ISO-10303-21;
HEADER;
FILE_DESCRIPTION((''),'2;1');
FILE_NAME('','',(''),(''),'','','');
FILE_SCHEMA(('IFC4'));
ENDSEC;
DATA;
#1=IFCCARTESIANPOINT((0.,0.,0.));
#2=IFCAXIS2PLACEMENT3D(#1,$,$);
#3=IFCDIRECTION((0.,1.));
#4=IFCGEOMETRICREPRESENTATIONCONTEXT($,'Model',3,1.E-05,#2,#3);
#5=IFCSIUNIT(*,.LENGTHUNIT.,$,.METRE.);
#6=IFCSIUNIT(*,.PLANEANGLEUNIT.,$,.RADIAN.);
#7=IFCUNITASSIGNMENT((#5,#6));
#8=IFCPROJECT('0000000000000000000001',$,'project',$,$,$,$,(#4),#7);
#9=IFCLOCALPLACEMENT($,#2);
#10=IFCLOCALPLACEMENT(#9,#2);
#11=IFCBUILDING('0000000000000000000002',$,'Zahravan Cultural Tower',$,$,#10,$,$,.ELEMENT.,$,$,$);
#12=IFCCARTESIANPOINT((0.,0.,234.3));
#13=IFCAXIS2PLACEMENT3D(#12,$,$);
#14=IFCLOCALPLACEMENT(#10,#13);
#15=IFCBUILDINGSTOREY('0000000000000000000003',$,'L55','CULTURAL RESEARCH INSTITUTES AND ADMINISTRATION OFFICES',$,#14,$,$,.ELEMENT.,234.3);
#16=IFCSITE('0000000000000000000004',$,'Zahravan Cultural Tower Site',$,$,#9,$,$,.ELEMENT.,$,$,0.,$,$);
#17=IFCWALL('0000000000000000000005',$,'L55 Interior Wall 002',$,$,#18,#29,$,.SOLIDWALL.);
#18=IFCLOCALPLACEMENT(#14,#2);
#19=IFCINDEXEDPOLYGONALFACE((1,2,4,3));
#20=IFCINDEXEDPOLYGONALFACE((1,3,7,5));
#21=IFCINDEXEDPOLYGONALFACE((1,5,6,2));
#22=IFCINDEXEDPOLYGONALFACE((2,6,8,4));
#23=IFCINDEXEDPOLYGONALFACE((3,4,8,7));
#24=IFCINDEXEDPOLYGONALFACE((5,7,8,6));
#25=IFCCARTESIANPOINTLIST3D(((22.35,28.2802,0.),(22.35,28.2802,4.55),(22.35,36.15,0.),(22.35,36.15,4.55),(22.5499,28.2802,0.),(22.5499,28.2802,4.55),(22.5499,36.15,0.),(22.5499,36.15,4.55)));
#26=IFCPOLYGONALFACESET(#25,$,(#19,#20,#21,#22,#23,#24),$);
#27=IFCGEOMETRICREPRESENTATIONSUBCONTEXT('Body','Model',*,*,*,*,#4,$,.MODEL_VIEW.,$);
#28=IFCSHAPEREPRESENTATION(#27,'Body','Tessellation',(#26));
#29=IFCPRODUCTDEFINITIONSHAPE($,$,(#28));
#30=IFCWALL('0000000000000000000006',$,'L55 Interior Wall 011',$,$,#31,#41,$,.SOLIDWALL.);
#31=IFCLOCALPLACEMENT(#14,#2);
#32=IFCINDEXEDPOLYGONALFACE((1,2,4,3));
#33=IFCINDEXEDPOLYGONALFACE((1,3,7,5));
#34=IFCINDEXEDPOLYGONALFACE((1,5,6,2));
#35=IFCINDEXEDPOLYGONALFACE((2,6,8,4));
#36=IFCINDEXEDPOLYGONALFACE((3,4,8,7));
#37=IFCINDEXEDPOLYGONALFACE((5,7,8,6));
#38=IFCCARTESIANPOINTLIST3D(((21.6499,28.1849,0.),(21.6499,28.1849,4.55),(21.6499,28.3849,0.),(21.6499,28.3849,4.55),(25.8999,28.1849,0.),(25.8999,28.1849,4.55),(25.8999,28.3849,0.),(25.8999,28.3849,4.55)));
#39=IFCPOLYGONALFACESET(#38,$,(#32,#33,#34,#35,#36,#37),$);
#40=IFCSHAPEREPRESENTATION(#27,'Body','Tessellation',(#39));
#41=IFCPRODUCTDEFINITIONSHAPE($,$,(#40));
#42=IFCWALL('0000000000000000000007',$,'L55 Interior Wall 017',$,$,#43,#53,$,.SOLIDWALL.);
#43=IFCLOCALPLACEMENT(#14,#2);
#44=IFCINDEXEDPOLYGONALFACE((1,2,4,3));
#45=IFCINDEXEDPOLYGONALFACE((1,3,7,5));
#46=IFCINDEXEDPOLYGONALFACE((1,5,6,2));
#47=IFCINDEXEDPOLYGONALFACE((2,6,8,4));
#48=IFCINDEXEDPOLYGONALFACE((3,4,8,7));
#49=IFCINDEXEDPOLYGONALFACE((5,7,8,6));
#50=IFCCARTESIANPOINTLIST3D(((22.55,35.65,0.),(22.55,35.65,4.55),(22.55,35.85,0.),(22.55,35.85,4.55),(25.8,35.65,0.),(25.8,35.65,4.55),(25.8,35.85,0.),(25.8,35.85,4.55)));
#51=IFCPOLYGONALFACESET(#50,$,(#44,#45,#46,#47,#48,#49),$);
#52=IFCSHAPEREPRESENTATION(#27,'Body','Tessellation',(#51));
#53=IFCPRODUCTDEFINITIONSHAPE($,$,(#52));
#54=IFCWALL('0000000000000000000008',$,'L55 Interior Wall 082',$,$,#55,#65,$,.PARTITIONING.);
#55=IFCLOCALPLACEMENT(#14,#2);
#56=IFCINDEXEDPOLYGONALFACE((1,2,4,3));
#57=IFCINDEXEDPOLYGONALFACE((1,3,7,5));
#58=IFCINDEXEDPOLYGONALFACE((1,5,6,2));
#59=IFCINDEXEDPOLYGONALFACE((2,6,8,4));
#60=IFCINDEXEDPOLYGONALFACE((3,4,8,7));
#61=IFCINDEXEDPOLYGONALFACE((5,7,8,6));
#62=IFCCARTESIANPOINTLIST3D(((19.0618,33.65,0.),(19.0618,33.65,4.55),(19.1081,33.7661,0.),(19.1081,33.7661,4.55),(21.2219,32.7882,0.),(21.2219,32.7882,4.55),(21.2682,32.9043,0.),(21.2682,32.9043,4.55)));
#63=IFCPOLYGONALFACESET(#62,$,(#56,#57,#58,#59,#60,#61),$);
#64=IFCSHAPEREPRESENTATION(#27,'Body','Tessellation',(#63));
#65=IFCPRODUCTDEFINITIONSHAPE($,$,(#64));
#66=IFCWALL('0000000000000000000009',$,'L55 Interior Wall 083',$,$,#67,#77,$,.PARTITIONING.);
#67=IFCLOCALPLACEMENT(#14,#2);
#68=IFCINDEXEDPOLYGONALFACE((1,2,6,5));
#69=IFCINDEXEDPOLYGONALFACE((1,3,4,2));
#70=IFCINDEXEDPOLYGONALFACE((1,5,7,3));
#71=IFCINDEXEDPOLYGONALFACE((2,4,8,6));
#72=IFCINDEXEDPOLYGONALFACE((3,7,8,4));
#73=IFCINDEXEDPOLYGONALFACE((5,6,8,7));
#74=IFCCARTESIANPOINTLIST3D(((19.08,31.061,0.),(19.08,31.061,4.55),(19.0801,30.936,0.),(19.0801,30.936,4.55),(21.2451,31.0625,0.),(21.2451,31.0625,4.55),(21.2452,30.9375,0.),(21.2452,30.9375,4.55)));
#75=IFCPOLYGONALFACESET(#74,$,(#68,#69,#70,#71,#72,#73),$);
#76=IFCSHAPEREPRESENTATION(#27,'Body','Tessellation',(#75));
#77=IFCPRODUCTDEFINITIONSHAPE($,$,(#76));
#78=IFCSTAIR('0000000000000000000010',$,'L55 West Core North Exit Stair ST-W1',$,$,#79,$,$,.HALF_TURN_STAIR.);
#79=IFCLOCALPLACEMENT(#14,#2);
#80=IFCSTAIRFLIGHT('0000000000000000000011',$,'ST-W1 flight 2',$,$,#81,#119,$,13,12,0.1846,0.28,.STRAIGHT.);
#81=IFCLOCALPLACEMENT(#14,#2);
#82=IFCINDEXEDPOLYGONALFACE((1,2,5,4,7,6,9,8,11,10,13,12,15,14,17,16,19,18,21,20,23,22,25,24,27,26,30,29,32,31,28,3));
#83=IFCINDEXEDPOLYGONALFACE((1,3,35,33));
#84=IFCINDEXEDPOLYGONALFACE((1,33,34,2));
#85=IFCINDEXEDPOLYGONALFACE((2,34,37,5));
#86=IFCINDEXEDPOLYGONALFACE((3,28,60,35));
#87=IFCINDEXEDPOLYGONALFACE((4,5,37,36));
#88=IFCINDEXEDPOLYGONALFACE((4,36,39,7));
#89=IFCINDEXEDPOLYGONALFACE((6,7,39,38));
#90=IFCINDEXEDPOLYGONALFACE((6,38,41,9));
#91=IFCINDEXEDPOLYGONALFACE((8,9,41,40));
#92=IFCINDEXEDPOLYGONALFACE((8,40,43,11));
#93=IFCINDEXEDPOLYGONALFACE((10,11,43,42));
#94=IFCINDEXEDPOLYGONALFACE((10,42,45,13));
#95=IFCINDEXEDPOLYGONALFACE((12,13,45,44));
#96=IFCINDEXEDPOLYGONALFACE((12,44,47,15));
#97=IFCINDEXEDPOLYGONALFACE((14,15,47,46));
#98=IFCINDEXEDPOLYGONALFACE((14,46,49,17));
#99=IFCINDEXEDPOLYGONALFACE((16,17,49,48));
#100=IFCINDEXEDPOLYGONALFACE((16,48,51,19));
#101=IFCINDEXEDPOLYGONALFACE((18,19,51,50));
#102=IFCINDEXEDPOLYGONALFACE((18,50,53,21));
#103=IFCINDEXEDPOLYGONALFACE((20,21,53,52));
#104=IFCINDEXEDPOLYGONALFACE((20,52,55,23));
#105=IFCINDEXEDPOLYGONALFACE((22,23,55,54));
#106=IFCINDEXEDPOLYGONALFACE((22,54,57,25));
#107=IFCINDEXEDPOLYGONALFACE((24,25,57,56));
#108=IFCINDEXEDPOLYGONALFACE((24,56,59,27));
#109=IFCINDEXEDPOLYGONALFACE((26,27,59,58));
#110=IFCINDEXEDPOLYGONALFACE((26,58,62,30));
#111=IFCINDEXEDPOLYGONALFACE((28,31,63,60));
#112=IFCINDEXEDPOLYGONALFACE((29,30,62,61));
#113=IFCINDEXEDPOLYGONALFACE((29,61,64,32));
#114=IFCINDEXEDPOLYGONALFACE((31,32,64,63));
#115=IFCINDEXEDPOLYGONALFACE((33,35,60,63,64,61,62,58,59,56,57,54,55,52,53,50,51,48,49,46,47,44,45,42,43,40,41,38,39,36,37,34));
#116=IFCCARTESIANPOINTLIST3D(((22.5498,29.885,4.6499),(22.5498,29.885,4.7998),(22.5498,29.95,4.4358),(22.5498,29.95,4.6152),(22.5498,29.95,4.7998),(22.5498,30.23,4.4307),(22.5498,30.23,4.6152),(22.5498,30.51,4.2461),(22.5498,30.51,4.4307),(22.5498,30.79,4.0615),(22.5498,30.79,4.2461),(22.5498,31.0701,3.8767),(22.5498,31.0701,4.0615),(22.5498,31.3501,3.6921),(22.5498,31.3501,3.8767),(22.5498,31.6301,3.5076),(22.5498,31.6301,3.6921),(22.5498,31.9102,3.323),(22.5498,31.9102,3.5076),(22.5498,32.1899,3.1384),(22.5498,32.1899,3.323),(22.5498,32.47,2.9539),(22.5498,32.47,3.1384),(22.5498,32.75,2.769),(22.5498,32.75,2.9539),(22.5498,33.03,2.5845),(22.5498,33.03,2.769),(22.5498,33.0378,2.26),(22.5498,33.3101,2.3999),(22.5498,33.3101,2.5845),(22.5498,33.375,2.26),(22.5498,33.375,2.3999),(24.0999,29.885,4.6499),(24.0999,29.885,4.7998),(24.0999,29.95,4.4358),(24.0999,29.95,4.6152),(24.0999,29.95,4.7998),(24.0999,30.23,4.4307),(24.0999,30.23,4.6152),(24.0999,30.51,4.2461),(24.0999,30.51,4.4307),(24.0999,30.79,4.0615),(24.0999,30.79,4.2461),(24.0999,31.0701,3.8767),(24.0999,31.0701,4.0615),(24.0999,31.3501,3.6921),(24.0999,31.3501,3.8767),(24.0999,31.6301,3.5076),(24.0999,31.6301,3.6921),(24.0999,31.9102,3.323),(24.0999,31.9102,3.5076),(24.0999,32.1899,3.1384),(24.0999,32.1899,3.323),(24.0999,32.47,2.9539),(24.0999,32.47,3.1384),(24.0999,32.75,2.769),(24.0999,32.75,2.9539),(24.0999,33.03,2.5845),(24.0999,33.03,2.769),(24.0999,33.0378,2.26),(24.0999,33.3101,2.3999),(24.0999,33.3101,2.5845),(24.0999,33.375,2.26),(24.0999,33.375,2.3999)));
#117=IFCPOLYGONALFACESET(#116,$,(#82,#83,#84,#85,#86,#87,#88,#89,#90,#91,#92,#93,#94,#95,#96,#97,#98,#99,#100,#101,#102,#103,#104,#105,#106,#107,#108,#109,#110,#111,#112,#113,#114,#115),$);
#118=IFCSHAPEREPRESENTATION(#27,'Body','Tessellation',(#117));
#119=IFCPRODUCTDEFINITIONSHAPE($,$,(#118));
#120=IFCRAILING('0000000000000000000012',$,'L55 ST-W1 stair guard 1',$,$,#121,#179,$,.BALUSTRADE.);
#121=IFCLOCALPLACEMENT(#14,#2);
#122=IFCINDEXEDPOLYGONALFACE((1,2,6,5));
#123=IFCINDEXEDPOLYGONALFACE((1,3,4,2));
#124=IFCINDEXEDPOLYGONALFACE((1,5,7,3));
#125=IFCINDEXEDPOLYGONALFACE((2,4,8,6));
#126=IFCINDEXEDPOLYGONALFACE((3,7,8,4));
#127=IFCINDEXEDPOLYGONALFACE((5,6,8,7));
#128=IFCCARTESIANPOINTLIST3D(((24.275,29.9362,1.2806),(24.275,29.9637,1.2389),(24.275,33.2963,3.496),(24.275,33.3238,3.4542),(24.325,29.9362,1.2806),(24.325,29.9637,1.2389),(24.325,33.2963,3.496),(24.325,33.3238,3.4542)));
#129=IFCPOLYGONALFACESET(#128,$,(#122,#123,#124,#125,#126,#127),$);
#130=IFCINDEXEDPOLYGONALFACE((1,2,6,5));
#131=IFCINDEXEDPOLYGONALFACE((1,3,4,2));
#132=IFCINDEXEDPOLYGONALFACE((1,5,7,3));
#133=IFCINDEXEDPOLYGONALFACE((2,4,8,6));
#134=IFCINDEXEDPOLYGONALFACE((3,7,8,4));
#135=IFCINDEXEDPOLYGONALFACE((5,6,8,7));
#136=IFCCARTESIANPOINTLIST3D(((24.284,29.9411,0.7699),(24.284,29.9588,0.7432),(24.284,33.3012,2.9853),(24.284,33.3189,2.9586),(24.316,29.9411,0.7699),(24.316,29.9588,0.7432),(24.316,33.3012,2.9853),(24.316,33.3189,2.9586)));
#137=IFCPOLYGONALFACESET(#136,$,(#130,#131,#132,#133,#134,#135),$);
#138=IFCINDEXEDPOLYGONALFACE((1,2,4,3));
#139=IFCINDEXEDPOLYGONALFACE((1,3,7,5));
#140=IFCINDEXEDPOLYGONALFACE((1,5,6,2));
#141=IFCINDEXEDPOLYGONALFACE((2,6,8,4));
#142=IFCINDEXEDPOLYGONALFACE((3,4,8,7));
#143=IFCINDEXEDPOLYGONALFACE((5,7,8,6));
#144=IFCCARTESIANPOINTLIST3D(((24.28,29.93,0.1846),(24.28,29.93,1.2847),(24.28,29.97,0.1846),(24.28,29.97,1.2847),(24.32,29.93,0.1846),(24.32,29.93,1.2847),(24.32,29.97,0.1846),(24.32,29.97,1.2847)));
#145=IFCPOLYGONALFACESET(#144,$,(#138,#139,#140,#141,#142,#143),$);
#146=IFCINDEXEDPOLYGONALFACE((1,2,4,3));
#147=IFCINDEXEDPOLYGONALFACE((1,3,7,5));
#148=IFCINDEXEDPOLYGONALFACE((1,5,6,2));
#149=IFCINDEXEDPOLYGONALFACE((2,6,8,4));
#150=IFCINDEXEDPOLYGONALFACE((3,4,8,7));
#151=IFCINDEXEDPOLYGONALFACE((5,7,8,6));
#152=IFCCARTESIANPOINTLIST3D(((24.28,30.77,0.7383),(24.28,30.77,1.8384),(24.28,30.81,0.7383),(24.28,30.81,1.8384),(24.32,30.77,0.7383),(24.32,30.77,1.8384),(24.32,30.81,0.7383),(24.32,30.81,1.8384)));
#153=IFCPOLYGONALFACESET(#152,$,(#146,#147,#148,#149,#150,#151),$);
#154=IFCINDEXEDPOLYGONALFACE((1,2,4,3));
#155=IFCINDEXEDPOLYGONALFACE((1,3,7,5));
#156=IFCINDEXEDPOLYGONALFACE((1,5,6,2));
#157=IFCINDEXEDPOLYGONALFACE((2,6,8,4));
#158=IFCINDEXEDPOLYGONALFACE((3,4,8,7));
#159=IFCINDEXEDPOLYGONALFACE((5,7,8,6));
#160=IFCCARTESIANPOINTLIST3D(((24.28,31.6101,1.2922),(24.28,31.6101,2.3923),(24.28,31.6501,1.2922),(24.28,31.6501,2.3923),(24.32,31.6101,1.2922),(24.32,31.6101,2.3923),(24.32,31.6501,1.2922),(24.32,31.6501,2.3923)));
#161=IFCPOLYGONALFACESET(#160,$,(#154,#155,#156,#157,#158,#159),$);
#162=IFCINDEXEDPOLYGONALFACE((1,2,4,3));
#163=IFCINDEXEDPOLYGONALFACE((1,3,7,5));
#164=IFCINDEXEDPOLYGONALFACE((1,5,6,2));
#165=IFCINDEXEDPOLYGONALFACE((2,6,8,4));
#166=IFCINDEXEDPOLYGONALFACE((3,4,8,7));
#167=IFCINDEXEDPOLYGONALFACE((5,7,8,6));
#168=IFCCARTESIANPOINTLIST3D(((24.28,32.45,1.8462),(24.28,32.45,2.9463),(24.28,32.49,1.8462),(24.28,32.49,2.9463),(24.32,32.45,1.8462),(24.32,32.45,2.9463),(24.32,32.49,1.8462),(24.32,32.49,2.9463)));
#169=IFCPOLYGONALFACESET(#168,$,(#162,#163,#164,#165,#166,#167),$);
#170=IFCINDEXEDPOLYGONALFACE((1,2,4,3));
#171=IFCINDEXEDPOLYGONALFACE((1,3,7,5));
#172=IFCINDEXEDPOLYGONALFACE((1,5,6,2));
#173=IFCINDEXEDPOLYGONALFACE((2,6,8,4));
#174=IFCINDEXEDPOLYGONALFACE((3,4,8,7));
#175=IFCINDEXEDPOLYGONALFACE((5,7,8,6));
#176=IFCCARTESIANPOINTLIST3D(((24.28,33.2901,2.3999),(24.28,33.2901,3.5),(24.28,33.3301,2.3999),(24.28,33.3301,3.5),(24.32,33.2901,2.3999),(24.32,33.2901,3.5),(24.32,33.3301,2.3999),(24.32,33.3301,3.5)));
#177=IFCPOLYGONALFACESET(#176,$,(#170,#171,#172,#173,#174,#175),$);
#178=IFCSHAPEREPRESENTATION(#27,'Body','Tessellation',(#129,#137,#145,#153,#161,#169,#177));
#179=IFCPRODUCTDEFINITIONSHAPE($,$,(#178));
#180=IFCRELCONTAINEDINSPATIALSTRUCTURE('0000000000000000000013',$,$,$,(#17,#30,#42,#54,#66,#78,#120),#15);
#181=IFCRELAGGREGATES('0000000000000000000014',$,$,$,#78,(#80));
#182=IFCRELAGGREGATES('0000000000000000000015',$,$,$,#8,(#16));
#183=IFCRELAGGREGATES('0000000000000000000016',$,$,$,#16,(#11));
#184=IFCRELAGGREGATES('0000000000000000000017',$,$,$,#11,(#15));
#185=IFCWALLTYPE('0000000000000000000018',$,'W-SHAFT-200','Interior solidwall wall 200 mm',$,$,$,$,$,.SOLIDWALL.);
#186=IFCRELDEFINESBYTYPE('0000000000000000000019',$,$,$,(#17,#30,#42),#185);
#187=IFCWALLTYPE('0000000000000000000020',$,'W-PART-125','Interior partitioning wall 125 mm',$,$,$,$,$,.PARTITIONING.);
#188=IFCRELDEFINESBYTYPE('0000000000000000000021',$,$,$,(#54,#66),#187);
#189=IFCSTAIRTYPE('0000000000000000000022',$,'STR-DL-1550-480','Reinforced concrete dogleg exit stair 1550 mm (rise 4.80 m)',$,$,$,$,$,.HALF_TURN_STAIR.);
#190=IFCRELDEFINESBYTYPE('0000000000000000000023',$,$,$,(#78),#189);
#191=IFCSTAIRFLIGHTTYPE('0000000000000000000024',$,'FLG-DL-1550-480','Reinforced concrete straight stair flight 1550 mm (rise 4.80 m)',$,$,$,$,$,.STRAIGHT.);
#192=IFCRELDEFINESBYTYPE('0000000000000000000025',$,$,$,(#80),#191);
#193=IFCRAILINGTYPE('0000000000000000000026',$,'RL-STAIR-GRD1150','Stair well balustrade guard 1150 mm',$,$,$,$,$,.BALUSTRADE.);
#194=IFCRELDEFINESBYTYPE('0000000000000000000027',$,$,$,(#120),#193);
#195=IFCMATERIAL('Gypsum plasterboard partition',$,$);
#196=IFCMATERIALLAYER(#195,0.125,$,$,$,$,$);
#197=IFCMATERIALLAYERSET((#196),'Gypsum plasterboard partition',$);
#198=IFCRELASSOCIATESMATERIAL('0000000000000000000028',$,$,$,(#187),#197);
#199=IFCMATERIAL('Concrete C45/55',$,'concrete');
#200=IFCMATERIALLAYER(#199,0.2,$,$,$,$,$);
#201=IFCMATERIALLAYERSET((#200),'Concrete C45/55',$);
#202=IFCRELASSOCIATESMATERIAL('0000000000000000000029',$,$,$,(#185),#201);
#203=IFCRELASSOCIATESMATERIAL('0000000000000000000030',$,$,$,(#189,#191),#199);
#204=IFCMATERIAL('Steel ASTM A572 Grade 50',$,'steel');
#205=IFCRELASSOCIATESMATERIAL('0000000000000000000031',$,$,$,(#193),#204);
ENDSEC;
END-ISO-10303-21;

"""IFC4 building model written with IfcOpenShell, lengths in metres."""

from ifc_helpers import new_model, si_unit, direction, frame, frame_2d, origin, origin_2d, place, context, subcontext, project, spatial, polyline, rectangle, outline, extrude, source, transform, mapped, material, layer, layer_set, type_object, element, aggregate, save


model = new_model("IFC4")

# Units and contexts
model_context = context("Model", 3, precision=1e-05, world=origin(), true_north=direction((0.0, 1.0)))
body_context = subcontext(model_context, "Body", "Model", "MODEL_VIEW")
ifc_project = project(units=[si_unit("LENGTHUNIT", "METRE"), si_unit("PLANEANGLEUNIT", "RADIAN")], contexts=[model_context])

# Site, building, storey
site_placement = place(None, origin())
site = spatial("IfcSite", under=ifc_project, at=site_placement, Name="Zahravan Cultural Tower Site", CompositionType="ELEMENT", RefElevation=0.0)
building_placement = place(site_placement, origin())
building = spatial("IfcBuilding", under=site, at=building_placement, Name="Zahravan Cultural Tower", CompositionType="ELEMENT")
storey_placement = place(building_placement, frame((0.0, 0.0, 234.3)))
storey = spatial("IfcBuildingStorey", under=building, at=storey_placement, Name="L55", Description="CULTURAL RESEARCH INSTITUTES AND ADMINISTRATION OFFICES", CompositionType="ELEMENT", Elevation=234.3)

# Shared definitions
ifc_material_1 = material(Name="Steel ASTM A572 Grade 50", Category="steel")

# Shared definitions
ifc_material_2 = material(Name="Gypsum plasterboard partition")
ifc_layer_1 = layer(ifc_material_2, 0.125)
ifc_layer_set_1 = layer_set([ifc_layer_1], Name="Gypsum plasterboard partition")
wall_type_1 = type_object("IfcWallType", Name="W-PART-125", Description="Interior partitioning wall 125 mm", PredefinedType="PARTITIONING", material=ifc_layer_set_1)

# Walls
ifc_material_3 = material(Name="Concrete C45/55", Category="concrete")
ifc_layer_2 = layer(ifc_material_3, 0.2)
ifc_layer_set_2 = layer_set([ifc_layer_2], Name="Concrete C45/55")
wall_type_2 = type_object("IfcWallType", Name="W-SHAFT-200", Description="Interior solidwall wall 200 mm", PredefinedType="SOLIDWALL", material=ifc_layer_set_2)
shared_shape_1 = source(origin(), body_context, "Body", "SweptSolid", [
    extrude(rectangle(XDim=7.8699, YDim=0.2, at=frame_2d((3.9351, 0.0))), origin(), (0.0, 0.0, 1.0), 4.55),
])
wall_1_placement = place(storey_placement, frame((22.45, 28.28, 0.0), z_axis=(0.0, 0.0, 1.0), x_axis=(0.0, 1.0, 0.0)))
element("IfcWall", 1, at=wall_1_placement, inside=storey, type_object=wall_type_2, Name="L55 Interior Wall 002", PredefinedType="SOLIDWALL", context=body_context, shape_type="MappedRepresentation", body=[
    mapped(shared_shape_1, transform((0.0, 0.0, 0.0), x_axis=(1.0, 0.0, 0.0), y_axis=(0.0, 1.0, 0.0), z_axis=(0.0, 0.0, 1.0), scale=1.0)),
])
shared_shape_2 = source(origin(), body_context, "Body", "SweptSolid", [
    extrude(rectangle(XDim=4.25, YDim=0.2, at=frame_2d((2.125, 0.0))), origin(), (0.0, 0.0, 1.0), 4.55),
])
wall_2_placement = place(storey_placement, frame((21.6499, 28.2849, 0.0), z_axis=(0.0, 0.0, 1.0), x_axis=(1.0, 0.0, 0.0)))
element("IfcWall", 2, at=wall_2_placement, inside=storey, type_object=wall_type_2, Name="L55 Interior Wall 011", PredefinedType="SOLIDWALL", context=body_context, shape_type="MappedRepresentation", body=[
    mapped(shared_shape_2, transform((0.0, 0.0, 0.0), x_axis=(1.0, 0.0, 0.0), y_axis=(0.0, 1.0, 0.0), z_axis=(0.0, 0.0, 1.0), scale=1.0)),
])
shared_shape_3 = source(origin(), body_context, "Body", "SweptSolid", [
    extrude(rectangle(XDim=3.25, YDim=0.2, at=frame_2d((1.625, 0.0))), origin(), (0.0, 0.0, 1.0), 4.55),
])
wall_3_placement = place(storey_placement, frame((22.55, 35.75, 0.0), z_axis=(0.0, 0.0, 1.0), x_axis=(1.0, 0.0, 0.0)))
element("IfcWall", 3, at=wall_3_placement, inside=storey, type_object=wall_type_2, Name="L55 Interior Wall 017", PredefinedType="SOLIDWALL", context=body_context, shape_type="MappedRepresentation", body=[
    mapped(shared_shape_3, transform((0.0, 0.0, 0.0), x_axis=(1.0, 0.0, 0.0), y_axis=(0.0, 1.0, 0.0), z_axis=(0.0, 0.0, 1.0), scale=1.0)),
])
shared_shape_4 = source(origin(), body_context, "Body", "SweptSolid", [
    extrude(rectangle(XDim=2.3257, YDim=0.125, at=frame_2d((1.1628, 0.0))), origin(), (0.0, 0.0, 1.0), 4.55),
])
wall_4_placement = place(storey_placement, frame((19.085, 33.708, 0.0), z_axis=(0.0, 0.0, 1.0), x_axis=(0.928809, -0.370558, 0.0)))
element("IfcWall", 4, at=wall_4_placement, inside=storey, type_object=wall_type_1, Name="L55 Interior Wall 082", PredefinedType="PARTITIONING", context=body_context, shape_type="MappedRepresentation", body=[
    mapped(shared_shape_4, transform((0.0, 0.0, 0.0), x_axis=(1.0, 0.0, 0.0), y_axis=(0.0, 1.0, 0.0), z_axis=(0.0, 0.0, 1.0), scale=1.0)),
])
shared_shape_5 = source(origin(), body_context, "Body", "SweptSolid", [
    extrude(rectangle(XDim=2.165, YDim=0.125, at=frame_2d((1.0825, 0.0))), origin(), (0.0, 0.0, 1.0), 4.55),
])
wall_5_placement = place(storey_placement, frame((21.2451, 31.0, 0.0), z_axis=(0.0, 0.0, 1.0), x_axis=(-1.0, -0.000677, 0.0)))
element("IfcWall", 5, at=wall_5_placement, inside=storey, type_object=wall_type_1, Name="L55 Interior Wall 083", PredefinedType="PARTITIONING", context=body_context, shape_type="MappedRepresentation", body=[
    mapped(shared_shape_5, transform((0.0, 0.0, 0.0), x_axis=(1.0, 0.0, 0.0), y_axis=(0.0, 1.0, 0.0), z_axis=(0.0, 0.0, 1.0), scale=1.0)),
])

# Stair, stair flight
stair_type = type_object("IfcStairType", Name="STR-DL-1550-480", Description="Reinforced concrete dogleg exit stair 1550 mm (rise 4.80 m)", PredefinedType="HALF_TURN_STAIR", material=ifc_material_3)
stair_placement = place(storey_placement, origin())
stair = element("IfcStair", 6, at=stair_placement, inside=storey, type_object=stair_type, Name="L55 West Core North Exit Stair ST-W1", PredefinedType="HALF_TURN_STAIR")
stair_flight_type = type_object("IfcStairFlightType", Name="FLG-DL-1550-480", Description="Reinforced concrete straight stair flight 1550 mm (rise 4.80 m)", PredefinedType="STRAIGHT", material=ifc_material_3)
stair_flight_placement = place(storey_placement, frame((23.325, 33.3101, 2.3999), z_axis=(0.0, 0.0, 1.0), x_axis=(0.0, -1.0, 0.0)))
stair_flight = element("IfcStairFlight", 7, at=stair_flight_placement, type_object=stair_flight_type, Name="ST-W1 flight 2", NumberOfRisers=13, NumberOfTreads=12, PredefinedType="STRAIGHT", RiserHeight=0.1846, TreadLength=0.28, context=body_context, shape_type="SweptSolid", body=[
    extrude(outline(polyline([(-0.0649, -0.1399), (-0.0649, 0.0), (0.0, 0.0), (0.0, 0.1846), (0.28, 0.1846), (0.28, 0.3691), (0.5601, 0.3691), (0.5601, 0.554), (0.8401, 0.554), (0.8401, 0.7385), (1.1201, 0.7385), (1.1201, 0.9231), (1.3999, 0.9231), (1.3999, 1.1077), (1.6799, 1.1077), (1.6799, 1.2922), (1.96, 1.2922), (1.96, 1.4768), (2.24, 1.4768), (2.24, 1.6616), (2.52, 1.6616), (2.52, 1.8462), (2.8, 1.8462), (2.8, 2.0308), (3.0801, 2.0308), (3.0801, 2.2153), (3.3601, 2.2153), (3.3601, 2.3999), (3.425, 2.3999), (3.425, 2.25), (3.3601, 2.0359), (0.2722, -0.1399), (-0.0649, -0.1399)])), frame((0.0, 0.7749, 0.0), z_axis=(0.0, -1.0, 0.0), x_axis=(1.0, 0.0, 0.0)), (0.0, 0.0, 1.0), 1.55),
])
aggregate(stair, [stair_flight])

# Railing
railing_type_1 = type_object("IfcRailingType", Name="RL-STAIR-GRD1150", Description="Stair well balustrade guard 1150 mm", PredefinedType="BALUSTRADE", material=ifc_material_1)
railing_1_placement = place(storey_placement, frame((24.3, 29.95, 0.1846)))
element("IfcRailing", 8, at=railing_1_placement, inside=storey, type_object=railing_type_1, Name="L55 ST-W1 stair guard 1", PredefinedType="BALUSTRADE", context=body_context, shape_type="SweptSolid", body=[
    extrude(rectangle(XDim=0.05, YDim=0.05, at=origin_2d()), frame((0.0, 0.0, 1.0752), z_axis=(0.0, 0.834876, 0.550437), x_axis=(-1.0, 0.0, 0.0)), (0.0, 0.0, 1.0), 4.0247),
    extrude(rectangle(XDim=0.032, YDim=0.032, at=origin_2d()), frame((0.0, 0.0, 0.572), z_axis=(0.0, 0.834876, 0.550437), x_axis=(-1.0, 0.0, 0.0)), (0.0, 0.0, 1.0), 4.0247),
    extrude(rectangle(XDim=0.04, YDim=0.04, at=origin_2d()), origin(), (0.0, 0.0, 1.0), 1.1001),
    extrude(rectangle(XDim=0.04, YDim=0.04, at=origin_2d()), frame((0.0, 0.8401, 0.5537)), (0.0, 0.0, 1.0), 1.1001),
    extrude(rectangle(XDim=0.04, YDim=0.04, at=origin_2d()), frame((0.0, 1.6802, 1.1077)), (0.0, 0.0, 1.0), 1.1001),
    extrude(rectangle(XDim=0.04, YDim=0.04, at=origin_2d()), frame((0.0, 2.52, 1.6616)), (0.0, 0.0, 1.0), 1.1001),
    extrude(rectangle(XDim=0.04, YDim=0.04, at=origin_2d()), frame((0.0, 3.3601, 2.2153)), (0.0, 0.0, 1.0), 1.1001),
])

save(model, "model.ifc")
